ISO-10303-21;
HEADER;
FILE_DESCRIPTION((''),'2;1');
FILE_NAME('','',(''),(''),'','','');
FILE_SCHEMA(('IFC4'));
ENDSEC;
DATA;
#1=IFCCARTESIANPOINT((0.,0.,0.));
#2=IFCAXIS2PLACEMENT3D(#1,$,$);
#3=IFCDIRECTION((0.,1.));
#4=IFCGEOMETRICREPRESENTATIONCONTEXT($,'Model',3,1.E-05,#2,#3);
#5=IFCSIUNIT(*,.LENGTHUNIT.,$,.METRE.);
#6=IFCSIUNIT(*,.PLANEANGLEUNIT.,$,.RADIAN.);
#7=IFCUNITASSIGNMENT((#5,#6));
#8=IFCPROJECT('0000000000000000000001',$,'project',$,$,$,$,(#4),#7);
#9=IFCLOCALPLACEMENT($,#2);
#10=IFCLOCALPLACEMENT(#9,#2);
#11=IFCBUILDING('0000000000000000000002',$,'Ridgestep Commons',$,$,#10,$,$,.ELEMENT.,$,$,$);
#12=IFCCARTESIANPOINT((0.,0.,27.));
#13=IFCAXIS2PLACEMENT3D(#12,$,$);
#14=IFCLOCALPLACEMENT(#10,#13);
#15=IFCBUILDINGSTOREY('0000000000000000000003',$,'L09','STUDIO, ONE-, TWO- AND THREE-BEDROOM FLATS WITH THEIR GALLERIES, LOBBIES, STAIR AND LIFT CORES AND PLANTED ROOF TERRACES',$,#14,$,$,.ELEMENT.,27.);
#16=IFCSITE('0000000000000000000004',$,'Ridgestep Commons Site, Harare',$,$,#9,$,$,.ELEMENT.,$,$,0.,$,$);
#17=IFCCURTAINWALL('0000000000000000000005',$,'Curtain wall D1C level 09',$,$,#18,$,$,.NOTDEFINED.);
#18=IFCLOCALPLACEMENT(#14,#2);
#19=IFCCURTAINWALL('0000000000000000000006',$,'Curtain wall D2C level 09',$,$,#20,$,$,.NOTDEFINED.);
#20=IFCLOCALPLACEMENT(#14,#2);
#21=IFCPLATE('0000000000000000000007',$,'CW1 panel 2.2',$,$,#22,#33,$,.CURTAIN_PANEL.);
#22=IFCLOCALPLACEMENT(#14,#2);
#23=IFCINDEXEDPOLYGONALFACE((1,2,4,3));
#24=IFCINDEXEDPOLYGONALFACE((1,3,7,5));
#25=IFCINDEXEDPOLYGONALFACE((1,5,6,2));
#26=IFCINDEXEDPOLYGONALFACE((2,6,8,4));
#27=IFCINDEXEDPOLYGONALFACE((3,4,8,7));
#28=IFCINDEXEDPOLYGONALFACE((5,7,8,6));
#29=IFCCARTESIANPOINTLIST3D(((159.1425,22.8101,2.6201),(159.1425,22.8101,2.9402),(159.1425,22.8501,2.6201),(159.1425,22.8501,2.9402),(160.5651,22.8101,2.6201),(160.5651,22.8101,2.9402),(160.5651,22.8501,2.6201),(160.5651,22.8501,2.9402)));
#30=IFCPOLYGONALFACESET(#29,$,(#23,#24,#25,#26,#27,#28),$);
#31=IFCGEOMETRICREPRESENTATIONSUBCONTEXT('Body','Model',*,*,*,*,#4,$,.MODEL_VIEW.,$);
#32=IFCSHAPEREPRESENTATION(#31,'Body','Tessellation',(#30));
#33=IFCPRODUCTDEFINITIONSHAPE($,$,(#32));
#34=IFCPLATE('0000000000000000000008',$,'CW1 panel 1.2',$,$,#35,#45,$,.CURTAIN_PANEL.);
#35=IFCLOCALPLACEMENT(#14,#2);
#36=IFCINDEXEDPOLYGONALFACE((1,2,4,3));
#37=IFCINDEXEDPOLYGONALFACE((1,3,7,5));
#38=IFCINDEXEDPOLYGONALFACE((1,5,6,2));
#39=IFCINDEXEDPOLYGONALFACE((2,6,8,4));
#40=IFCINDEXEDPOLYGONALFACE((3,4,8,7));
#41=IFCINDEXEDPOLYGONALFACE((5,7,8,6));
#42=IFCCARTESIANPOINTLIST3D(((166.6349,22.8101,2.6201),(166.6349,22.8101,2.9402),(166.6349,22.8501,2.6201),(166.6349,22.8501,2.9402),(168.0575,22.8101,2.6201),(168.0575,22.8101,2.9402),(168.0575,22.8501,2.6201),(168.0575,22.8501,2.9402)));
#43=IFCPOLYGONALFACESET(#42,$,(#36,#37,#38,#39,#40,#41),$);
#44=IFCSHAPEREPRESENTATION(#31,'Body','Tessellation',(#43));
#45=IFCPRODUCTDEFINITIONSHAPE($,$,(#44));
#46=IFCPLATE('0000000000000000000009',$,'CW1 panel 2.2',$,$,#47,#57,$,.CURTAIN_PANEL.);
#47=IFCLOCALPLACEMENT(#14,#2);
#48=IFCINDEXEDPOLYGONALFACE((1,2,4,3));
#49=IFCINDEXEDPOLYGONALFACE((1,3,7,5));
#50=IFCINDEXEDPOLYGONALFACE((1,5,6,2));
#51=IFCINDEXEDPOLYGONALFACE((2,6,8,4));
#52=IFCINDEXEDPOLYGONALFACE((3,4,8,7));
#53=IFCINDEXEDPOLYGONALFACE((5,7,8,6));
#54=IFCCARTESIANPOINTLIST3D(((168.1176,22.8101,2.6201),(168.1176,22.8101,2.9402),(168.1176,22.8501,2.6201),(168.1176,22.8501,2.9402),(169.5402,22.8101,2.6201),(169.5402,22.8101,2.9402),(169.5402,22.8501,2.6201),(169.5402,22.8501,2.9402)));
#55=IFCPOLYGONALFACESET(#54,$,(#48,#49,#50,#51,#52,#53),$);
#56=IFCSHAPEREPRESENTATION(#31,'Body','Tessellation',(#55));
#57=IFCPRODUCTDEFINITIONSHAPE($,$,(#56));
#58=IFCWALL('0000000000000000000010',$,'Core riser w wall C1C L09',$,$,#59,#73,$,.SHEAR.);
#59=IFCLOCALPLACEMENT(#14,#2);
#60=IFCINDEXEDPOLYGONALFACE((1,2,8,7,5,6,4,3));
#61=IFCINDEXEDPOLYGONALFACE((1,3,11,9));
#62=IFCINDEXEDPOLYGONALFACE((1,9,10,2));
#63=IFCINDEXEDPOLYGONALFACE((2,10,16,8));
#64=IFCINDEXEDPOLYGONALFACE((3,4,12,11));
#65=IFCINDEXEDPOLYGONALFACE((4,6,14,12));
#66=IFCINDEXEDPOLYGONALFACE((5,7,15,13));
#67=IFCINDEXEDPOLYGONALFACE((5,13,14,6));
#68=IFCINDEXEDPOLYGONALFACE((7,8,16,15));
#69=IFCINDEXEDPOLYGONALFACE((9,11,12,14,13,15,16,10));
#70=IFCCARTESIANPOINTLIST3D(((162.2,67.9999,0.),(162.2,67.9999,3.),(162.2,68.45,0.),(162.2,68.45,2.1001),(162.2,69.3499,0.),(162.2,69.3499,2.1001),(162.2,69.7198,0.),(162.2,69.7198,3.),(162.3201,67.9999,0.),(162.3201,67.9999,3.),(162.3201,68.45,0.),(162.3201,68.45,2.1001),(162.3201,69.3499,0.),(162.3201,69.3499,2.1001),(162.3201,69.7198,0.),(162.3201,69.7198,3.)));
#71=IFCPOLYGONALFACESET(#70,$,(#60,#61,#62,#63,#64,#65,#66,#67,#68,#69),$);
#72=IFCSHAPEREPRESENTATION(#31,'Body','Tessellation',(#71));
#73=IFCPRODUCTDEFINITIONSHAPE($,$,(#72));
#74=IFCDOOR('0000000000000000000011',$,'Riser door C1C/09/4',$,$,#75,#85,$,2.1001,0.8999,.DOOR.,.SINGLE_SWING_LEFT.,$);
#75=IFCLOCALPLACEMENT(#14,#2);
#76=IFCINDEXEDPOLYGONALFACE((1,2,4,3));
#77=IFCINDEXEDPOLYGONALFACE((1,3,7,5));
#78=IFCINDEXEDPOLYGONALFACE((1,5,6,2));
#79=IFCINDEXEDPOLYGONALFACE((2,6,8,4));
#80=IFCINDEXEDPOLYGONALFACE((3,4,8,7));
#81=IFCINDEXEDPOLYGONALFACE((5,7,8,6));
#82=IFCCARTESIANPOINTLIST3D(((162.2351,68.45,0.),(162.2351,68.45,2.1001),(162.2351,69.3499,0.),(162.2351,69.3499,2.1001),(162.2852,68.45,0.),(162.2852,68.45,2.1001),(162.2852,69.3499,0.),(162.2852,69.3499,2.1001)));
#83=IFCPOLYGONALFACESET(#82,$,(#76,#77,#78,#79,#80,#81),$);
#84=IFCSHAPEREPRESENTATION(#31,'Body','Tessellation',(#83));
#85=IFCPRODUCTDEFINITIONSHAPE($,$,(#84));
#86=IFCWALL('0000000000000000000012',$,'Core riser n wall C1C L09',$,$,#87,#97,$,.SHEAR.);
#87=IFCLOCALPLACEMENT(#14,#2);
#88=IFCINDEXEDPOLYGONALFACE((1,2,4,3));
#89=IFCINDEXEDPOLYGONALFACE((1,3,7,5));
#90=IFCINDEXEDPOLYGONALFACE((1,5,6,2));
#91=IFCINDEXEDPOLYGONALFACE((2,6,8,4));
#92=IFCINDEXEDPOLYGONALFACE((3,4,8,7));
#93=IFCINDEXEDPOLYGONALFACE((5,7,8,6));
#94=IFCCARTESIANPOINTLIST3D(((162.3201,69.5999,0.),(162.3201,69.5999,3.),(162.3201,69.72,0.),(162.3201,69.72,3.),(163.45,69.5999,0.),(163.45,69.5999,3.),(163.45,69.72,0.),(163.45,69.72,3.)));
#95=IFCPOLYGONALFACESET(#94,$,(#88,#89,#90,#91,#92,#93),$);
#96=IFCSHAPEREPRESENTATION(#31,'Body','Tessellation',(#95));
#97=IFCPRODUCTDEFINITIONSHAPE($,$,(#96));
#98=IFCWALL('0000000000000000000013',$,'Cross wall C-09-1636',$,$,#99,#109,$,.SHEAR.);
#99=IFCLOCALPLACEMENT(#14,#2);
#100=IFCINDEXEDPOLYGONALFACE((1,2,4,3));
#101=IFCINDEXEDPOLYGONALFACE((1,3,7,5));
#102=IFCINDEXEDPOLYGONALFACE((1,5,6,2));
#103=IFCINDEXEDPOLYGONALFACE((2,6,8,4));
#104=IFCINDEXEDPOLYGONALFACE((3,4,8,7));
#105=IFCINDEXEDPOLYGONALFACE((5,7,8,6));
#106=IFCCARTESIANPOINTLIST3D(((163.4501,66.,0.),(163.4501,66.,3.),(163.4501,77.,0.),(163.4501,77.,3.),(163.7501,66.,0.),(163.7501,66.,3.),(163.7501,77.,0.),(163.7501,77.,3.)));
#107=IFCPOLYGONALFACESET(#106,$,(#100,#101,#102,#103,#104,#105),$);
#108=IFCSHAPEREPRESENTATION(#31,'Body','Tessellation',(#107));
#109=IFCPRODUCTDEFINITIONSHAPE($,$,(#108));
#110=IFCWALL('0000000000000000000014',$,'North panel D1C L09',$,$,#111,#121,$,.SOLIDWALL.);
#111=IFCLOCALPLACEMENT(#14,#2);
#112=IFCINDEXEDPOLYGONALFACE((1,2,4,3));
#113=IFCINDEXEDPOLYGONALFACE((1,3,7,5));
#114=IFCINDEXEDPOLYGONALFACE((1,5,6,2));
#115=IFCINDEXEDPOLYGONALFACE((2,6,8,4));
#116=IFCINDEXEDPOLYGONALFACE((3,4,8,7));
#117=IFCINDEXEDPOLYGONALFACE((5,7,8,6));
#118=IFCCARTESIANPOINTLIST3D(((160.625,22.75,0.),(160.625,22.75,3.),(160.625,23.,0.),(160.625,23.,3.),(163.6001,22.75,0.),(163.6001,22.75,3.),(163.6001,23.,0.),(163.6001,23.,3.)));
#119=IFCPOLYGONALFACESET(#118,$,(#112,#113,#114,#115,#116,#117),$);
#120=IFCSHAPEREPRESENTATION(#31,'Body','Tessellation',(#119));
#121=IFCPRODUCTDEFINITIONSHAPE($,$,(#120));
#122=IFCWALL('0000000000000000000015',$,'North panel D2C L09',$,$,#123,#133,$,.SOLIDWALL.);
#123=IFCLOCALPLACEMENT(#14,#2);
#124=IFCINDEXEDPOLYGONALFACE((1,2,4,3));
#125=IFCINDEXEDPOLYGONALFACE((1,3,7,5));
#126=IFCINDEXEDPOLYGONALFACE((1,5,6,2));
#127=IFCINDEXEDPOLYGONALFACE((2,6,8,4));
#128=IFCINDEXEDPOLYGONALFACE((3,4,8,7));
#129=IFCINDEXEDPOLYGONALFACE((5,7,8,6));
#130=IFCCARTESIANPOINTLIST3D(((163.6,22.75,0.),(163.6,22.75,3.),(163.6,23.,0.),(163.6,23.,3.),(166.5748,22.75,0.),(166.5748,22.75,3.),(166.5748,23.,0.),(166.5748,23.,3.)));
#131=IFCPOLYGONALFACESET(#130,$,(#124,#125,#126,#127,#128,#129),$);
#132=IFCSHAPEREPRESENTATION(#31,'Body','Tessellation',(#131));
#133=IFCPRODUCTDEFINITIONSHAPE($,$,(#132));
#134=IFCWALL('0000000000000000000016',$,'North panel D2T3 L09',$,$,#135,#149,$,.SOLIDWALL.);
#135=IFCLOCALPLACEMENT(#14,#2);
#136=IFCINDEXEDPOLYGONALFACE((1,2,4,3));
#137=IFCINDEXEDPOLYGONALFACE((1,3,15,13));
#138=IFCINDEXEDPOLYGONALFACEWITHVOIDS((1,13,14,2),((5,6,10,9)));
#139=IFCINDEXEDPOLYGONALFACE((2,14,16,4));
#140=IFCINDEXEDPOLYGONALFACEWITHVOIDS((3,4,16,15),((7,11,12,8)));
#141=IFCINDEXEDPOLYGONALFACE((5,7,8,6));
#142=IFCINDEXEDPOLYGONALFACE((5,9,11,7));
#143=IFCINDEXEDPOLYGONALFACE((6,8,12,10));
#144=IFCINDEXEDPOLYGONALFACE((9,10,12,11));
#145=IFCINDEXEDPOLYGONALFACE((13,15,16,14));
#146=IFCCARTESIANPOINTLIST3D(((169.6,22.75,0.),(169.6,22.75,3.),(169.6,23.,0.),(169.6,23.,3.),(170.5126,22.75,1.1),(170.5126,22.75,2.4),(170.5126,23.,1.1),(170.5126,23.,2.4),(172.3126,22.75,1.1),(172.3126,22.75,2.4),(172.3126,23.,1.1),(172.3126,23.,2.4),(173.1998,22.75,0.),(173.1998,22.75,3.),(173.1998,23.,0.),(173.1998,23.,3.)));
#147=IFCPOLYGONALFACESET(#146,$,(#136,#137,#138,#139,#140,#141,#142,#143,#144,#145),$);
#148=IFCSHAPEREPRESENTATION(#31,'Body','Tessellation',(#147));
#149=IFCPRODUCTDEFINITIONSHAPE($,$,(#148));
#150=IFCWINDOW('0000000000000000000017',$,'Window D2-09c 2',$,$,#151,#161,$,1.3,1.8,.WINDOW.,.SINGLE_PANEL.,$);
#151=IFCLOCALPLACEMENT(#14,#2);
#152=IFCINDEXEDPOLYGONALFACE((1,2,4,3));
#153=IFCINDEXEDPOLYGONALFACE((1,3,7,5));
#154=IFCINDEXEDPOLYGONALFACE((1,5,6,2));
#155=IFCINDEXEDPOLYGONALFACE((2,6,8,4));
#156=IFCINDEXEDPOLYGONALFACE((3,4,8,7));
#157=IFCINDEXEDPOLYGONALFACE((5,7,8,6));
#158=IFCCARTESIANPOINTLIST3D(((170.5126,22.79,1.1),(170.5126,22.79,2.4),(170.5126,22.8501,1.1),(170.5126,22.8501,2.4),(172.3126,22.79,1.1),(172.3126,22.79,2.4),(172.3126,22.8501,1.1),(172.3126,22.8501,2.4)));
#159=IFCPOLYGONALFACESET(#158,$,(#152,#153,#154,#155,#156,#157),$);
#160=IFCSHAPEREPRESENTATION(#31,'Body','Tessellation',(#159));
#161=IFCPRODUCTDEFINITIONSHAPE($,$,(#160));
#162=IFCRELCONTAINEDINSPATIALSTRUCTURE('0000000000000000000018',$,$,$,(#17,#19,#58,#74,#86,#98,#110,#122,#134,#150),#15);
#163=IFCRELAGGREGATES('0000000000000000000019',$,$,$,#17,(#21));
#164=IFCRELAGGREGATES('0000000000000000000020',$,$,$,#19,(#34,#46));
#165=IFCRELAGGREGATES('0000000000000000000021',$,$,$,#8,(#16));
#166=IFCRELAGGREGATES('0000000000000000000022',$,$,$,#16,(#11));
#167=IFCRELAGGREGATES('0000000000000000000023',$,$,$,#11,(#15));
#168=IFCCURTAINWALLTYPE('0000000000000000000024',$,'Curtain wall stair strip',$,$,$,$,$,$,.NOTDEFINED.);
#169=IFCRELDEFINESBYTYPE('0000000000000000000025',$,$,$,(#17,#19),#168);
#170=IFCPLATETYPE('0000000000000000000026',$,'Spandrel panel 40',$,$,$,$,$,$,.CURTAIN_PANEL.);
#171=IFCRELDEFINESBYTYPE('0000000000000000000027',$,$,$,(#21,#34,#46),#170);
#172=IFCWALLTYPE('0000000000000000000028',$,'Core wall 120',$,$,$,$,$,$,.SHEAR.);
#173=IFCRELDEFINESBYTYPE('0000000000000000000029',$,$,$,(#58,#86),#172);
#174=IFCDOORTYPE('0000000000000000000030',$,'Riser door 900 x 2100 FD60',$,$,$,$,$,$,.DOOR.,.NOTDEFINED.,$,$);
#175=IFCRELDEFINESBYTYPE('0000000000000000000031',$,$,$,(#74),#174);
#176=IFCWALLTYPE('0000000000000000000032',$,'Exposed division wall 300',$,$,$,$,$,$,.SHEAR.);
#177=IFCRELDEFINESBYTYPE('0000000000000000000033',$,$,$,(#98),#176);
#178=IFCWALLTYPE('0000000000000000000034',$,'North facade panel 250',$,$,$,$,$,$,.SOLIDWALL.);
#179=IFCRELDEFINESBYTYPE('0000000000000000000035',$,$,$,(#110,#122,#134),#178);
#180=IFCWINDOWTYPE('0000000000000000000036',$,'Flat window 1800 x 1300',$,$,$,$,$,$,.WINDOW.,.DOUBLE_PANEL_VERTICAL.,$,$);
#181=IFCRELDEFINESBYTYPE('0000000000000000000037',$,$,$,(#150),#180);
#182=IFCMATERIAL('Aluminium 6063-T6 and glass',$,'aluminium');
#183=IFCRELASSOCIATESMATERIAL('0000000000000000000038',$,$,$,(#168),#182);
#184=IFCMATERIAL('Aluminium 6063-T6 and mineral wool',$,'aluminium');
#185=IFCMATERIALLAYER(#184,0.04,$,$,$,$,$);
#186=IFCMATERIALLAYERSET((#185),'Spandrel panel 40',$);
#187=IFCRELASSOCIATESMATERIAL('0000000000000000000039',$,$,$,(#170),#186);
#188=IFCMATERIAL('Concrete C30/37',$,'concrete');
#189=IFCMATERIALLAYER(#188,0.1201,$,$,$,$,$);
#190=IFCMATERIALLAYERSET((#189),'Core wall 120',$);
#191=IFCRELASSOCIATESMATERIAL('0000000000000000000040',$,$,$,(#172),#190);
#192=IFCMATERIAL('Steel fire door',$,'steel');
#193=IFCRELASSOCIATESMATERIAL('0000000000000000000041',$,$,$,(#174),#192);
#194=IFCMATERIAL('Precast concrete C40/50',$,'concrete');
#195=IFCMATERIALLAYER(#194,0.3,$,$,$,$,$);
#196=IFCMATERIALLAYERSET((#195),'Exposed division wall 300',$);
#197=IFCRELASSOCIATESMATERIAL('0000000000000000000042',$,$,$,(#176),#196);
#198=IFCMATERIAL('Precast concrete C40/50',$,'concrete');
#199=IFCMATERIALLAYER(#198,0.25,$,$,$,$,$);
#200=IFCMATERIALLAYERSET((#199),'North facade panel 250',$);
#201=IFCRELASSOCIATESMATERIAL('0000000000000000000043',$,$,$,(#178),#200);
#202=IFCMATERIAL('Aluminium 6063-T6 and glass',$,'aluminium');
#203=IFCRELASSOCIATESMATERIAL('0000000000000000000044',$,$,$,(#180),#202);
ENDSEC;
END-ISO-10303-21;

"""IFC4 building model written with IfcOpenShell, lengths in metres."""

from ifc_helpers import new_model, si_unit, direction, frame, frame_2d, origin, origin_2d, place, context, subcontext, project, spatial, rectangle, extrude, material, layer, layer_set, type_object, element, fill, aggregate, save


model = new_model("IFC4")

# Units and contexts
model_context = context("Model", 3, precision=1e-05, world=origin(), true_north=direction((0.0, 1.0)))
body_context = subcontext(model_context, "Body", "Model", "MODEL_VIEW")
ifc_project = project(units=[si_unit("LENGTHUNIT", "METRE"), si_unit("PLANEANGLEUNIT", "RADIAN")], contexts=[model_context])

# Site, building, storey
site_placement = place(None, origin())
site = spatial("IfcSite", under=ifc_project, at=site_placement, Name="Ridgestep Commons Site, Harare", CompositionType="ELEMENT", RefElevation=0.0)
building_placement = place(site_placement, origin())
building = spatial("IfcBuilding", under=site, at=building_placement, Name="Ridgestep Commons", CompositionType="ELEMENT")
storey_placement = place(building_placement, frame((0.0, 0.0, 27.0)))
storey = spatial("IfcBuildingStorey", under=building, at=storey_placement, Name="L09", Description="STUDIO, ONE-, TWO- AND THREE-BEDROOM FLATS WITH THEIR GALLERIES, LOBBIES, STAIR AND LIFT CORES AND PLANTED ROOF TERRACES", CompositionType="ELEMENT", Elevation=27.0)

# Curtain wall
ifc_material_1 = material(Name="Aluminium 6063-T6 and glass", Category="aluminium")
curtain_wall_type = type_object("IfcCurtainWallType", Name="Curtain wall stair strip", PredefinedType="NOTDEFINED", material=ifc_material_1)
curtain_wall_1_placement = place(storey_placement, origin())
curtain_wall_1 = element("IfcCurtainWall", 1, at=curtain_wall_1_placement, inside=storey, type_object=curtain_wall_type, Name="Curtain wall D1C level 09", PredefinedType="NOTDEFINED")

# Curtain wall
curtain_wall_2_placement = place(storey_placement, origin())
curtain_wall_2 = element("IfcCurtainWall", 2, at=curtain_wall_2_placement, inside=storey, type_object=curtain_wall_type, Name="Curtain wall D2C level 09", PredefinedType="NOTDEFINED")

# Plates
ifc_material_2 = material(Name="Aluminium 6063-T6 and mineral wool", Category="aluminium")
ifc_layer_1 = layer(ifc_material_2, 0.04)
ifc_layer_set_1 = layer_set([ifc_layer_1], Name="Spandrel panel 40")
plate_type_1 = type_object("IfcPlateType", Name="Spandrel panel 40", PredefinedType="CURTAIN_PANEL", material=ifc_layer_set_1)
plate_1_placement = place(storey_placement, frame((159.8538, 22.8301, 2.6201), z_axis=(0.0, 0.0, 1.0), x_axis=(1.0, 0.0, 0.0)))
plate_1 = element("IfcPlate", 3, at=plate_1_placement, type_object=plate_type_1, Name="CW1 panel 2.2", PredefinedType="CURTAIN_PANEL", context=body_context, shape_type="SweptSolid", body=[
    extrude(rectangle(XDim=1.4226, YDim=0.04, at=origin_2d()), origin(), (0.0, 0.0, 1.0), 0.3201),
])
aggregate(curtain_wall_1, [plate_1])
plate_2_placement = place(storey_placement, frame((167.3462, 22.8301, 2.6201), z_axis=(0.0, 0.0, 1.0), x_axis=(1.0, 0.0, 0.0)))
plate_2 = element("IfcPlate", 4, at=plate_2_placement, type_object=plate_type_1, Name="CW1 panel 1.2", PredefinedType="CURTAIN_PANEL", context=body_context, shape_type="SweptSolid", body=[
    extrude(rectangle(XDim=1.4226, YDim=0.04, at=origin_2d()), origin(), (0.0, 0.0, 1.0), 0.3201),
])
plate_3_placement = place(storey_placement, frame((168.8289, 22.8301, 2.6201), z_axis=(0.0, 0.0, 1.0), x_axis=(1.0, 0.0, 0.0)))
plate_3 = element("IfcPlate", 5, at=plate_3_placement, type_object=plate_type_1, Name="CW1 panel 2.2", PredefinedType="CURTAIN_PANEL", context=body_context, shape_type="SweptSolid", body=[
    extrude(rectangle(XDim=1.4226, YDim=0.04, at=origin_2d()), origin(), (0.0, 0.0, 1.0), 0.3201),
])
aggregate(curtain_wall_2, [plate_2, plate_3])

# Wall, opening, door
ifc_material_3 = material(Name="Concrete C30/37", Category="concrete")
ifc_layer_2 = layer(ifc_material_3, 0.1201)
ifc_layer_set_2 = layer_set([ifc_layer_2], Name="Core wall 120")
wall_type_1 = type_object("IfcWallType", Name="Core wall 120", PredefinedType="SHEAR", material=ifc_layer_set_2)
wall_1_placement = place(storey_placement, frame((162.26, 68.0, 0.0), z_axis=(0.0, 0.0, 1.0), x_axis=(0.0, 1.0, 0.0)))
wall_1 = element("IfcWall", 6, at=wall_1_placement, inside=storey, type_object=wall_type_1, Name="Core riser w wall C1C L09", PredefinedType="SHEAR", context=body_context, shape_type="SweptSolid", body=[
    extrude(rectangle(XDim=1.72, YDim=0.1201, at=frame_2d((0.8599, 0.0))), origin(), (0.0, 0.0, 1.0), 3.0),
])
opening_1_placement = place(wall_1_placement, frame((0.45, 0.0, 0.0)))
opening_1 = element("IfcOpeningElement", 7, at=opening_1_placement, cuts=wall_1, PredefinedType="OPENING", context=body_context, shape_type="SweptSolid", body=[
    extrude(rectangle(XDim=0.8999, YDim=2.1001, at=frame_2d((0.45, 1.05))), frame((0.0, 0.0701, 0.0), z_axis=(0.0, -1.0, 0.0), x_axis=(1.0, 0.0, 0.0)), (0.0, 0.0, 1.0), 0.1401),
])
ifc_material_4 = material(Name="Steel fire door", Category="steel")
door_type = type_object("IfcDoorType", Name="Riser door 900 x 2100 FD60", OperationType="NOTDEFINED", PredefinedType="DOOR", material=ifc_material_4)
door_placement = place(opening_1_placement, origin())
door = element("IfcDoor", 8, at=door_placement, inside=storey, type_object=door_type, Name="Riser door C1C/09/4", OperationType="SINGLE_SWING_LEFT", OverallHeight=2.1001, OverallWidth=0.8999, PredefinedType="DOOR", context=body_context, shape_type="SweptSolid", body=[
    extrude(rectangle(XDim=0.8999, YDim=2.1001, at=frame_2d((0.45, 1.05))), frame((0.0, 0.0249, 0.0), z_axis=(0.0, -1.0, 0.0), x_axis=(1.0, 0.0, 0.0)), (0.0, 0.0, 1.0), 0.05),
])
fill(opening_1, door)

# Walls
wall_2_placement = place(storey_placement, frame((162.3201, 69.6599, 0.0), z_axis=(0.0, 0.0, 1.0), x_axis=(1.0, 0.0, 0.0)))
element("IfcWall", 9, at=wall_2_placement, inside=storey, type_object=wall_type_1, Name="Core riser n wall C1C L09", PredefinedType="SHEAR", context=body_context, shape_type="SweptSolid", body=[
    extrude(rectangle(XDim=1.1299, YDim=0.1201, at=frame_2d((0.5649, 0.0))), origin(), (0.0, 0.0, 1.0), 3.0),
])
ifc_material_5 = material(Name="Precast concrete C40/50", Category="concrete")
ifc_layer_3 = layer(ifc_material_5, 0.3)
ifc_layer_set_3 = layer_set([ifc_layer_3], Name="Exposed division wall 300")
wall_type_2 = type_object("IfcWallType", Name="Exposed division wall 300", PredefinedType="SHEAR", material=ifc_layer_set_3)
wall_3_placement = place(storey_placement, frame((163.6001, 66.0, 0.0), z_axis=(0.0, 0.0, 1.0), x_axis=(0.0, 1.0, 0.0)))
element("IfcWall", 10, at=wall_3_placement, inside=storey, type_object=wall_type_2, Name="Cross wall C-09-1636", PredefinedType="SHEAR", context=body_context, shape_type="SweptSolid", body=[
    extrude(rectangle(XDim=11.0, YDim=0.3, at=frame_2d((5.5, 0.0))), origin(), (0.0, 0.0, 1.0), 3.0),
])
ifc_material_6 = material(Name="Precast concrete C40/50", Category="concrete")
ifc_layer_4 = layer(ifc_material_6, 0.25)
ifc_layer_set_4 = layer_set([ifc_layer_4], Name="North facade panel 250")
wall_type_3 = type_object("IfcWallType", Name="North facade panel 250", PredefinedType="SOLIDWALL", material=ifc_layer_set_4)
wall_4_placement = place(storey_placement, frame((160.625, 22.875, 0.0), z_axis=(0.0, 0.0, 1.0), x_axis=(1.0, 0.0, 0.0)))
element("IfcWall", 11, at=wall_4_placement, inside=storey, type_object=wall_type_3, Name="North panel D1C L09", PredefinedType="SOLIDWALL", context=body_context, shape_type="SweptSolid", body=[
    extrude(rectangle(XDim=2.9751, YDim=0.25, at=frame_2d((1.4875, 0.0))), origin(), (0.0, 0.0, 1.0), 3.0),
])
wall_5_placement = place(storey_placement, frame((163.6001, 22.875, 0.0), z_axis=(0.0, 0.0, 1.0), x_axis=(1.0, 0.0, 0.0)))
element("IfcWall", 12, at=wall_5_placement, inside=storey, type_object=wall_type_3, Name="North panel D2C L09", PredefinedType="SOLIDWALL", context=body_context, shape_type="SweptSolid", body=[
    extrude(rectangle(XDim=2.9749, YDim=0.25, at=frame_2d((1.4873, 0.0))), origin(), (0.0, 0.0, 1.0), 3.0),
])

# Wall, opening, window
wall_6_placement = place(storey_placement, frame((169.6001, 22.875, 0.0), z_axis=(0.0, 0.0, 1.0), x_axis=(1.0, 0.0, 0.0)))
wall_6 = element("IfcWall", 13, at=wall_6_placement, inside=storey, type_object=wall_type_3, Name="North panel D2T3 L09", PredefinedType="SOLIDWALL", context=body_context, shape_type="SweptSolid", body=[
    extrude(rectangle(XDim=3.5999, YDim=0.25, at=frame_2d((1.7998, 0.0))), origin(), (0.0, 0.0, 1.0), 3.0),
])
opening_2_placement = place(wall_6_placement, frame((0.9126, 0.0, 1.1001)))
opening_2 = element("IfcOpeningElement", 14, at=opening_2_placement, cuts=wall_6, PredefinedType="OPENING", context=body_context, shape_type="SweptSolid", body=[
    extrude(rectangle(XDim=1.8, YDim=1.3, at=frame_2d((0.8999, 0.6499))), frame((0.0, 0.135, 0.0), z_axis=(0.0, -1.0, 0.0), x_axis=(1.0, 0.0, 0.0)), (0.0, 0.0, 1.0), 0.27),
])
ifc_material_7 = material(Name="Aluminium 6063-T6 and glass", Category="aluminium")
window_type = type_object("IfcWindowType", Name="Flat window 1800 x 1300", PartitioningType="DOUBLE_PANEL_VERTICAL", PredefinedType="WINDOW", material=ifc_material_7)
window_placement = place(opening_2_placement, origin())
window = element("IfcWindow", 15, at=window_placement, inside=storey, type_object=window_type, Name="Window D2-09c 2", OverallHeight=1.3, OverallWidth=1.8, PartitioningType="SINGLE_PANEL", PredefinedType="WINDOW", context=body_context, shape_type="SweptSolid", body=[
    extrude(rectangle(XDim=1.8, YDim=1.3, at=frame_2d((0.8999, 0.6499))), frame((0.0, -0.0249, 0.0), z_axis=(0.0, -1.0, 0.0), x_axis=(1.0, 0.0, 0.0)), (0.0, 0.0, 1.0), 0.0601),
])
fill(opening_2, window)

save(model, "model.ifc")
